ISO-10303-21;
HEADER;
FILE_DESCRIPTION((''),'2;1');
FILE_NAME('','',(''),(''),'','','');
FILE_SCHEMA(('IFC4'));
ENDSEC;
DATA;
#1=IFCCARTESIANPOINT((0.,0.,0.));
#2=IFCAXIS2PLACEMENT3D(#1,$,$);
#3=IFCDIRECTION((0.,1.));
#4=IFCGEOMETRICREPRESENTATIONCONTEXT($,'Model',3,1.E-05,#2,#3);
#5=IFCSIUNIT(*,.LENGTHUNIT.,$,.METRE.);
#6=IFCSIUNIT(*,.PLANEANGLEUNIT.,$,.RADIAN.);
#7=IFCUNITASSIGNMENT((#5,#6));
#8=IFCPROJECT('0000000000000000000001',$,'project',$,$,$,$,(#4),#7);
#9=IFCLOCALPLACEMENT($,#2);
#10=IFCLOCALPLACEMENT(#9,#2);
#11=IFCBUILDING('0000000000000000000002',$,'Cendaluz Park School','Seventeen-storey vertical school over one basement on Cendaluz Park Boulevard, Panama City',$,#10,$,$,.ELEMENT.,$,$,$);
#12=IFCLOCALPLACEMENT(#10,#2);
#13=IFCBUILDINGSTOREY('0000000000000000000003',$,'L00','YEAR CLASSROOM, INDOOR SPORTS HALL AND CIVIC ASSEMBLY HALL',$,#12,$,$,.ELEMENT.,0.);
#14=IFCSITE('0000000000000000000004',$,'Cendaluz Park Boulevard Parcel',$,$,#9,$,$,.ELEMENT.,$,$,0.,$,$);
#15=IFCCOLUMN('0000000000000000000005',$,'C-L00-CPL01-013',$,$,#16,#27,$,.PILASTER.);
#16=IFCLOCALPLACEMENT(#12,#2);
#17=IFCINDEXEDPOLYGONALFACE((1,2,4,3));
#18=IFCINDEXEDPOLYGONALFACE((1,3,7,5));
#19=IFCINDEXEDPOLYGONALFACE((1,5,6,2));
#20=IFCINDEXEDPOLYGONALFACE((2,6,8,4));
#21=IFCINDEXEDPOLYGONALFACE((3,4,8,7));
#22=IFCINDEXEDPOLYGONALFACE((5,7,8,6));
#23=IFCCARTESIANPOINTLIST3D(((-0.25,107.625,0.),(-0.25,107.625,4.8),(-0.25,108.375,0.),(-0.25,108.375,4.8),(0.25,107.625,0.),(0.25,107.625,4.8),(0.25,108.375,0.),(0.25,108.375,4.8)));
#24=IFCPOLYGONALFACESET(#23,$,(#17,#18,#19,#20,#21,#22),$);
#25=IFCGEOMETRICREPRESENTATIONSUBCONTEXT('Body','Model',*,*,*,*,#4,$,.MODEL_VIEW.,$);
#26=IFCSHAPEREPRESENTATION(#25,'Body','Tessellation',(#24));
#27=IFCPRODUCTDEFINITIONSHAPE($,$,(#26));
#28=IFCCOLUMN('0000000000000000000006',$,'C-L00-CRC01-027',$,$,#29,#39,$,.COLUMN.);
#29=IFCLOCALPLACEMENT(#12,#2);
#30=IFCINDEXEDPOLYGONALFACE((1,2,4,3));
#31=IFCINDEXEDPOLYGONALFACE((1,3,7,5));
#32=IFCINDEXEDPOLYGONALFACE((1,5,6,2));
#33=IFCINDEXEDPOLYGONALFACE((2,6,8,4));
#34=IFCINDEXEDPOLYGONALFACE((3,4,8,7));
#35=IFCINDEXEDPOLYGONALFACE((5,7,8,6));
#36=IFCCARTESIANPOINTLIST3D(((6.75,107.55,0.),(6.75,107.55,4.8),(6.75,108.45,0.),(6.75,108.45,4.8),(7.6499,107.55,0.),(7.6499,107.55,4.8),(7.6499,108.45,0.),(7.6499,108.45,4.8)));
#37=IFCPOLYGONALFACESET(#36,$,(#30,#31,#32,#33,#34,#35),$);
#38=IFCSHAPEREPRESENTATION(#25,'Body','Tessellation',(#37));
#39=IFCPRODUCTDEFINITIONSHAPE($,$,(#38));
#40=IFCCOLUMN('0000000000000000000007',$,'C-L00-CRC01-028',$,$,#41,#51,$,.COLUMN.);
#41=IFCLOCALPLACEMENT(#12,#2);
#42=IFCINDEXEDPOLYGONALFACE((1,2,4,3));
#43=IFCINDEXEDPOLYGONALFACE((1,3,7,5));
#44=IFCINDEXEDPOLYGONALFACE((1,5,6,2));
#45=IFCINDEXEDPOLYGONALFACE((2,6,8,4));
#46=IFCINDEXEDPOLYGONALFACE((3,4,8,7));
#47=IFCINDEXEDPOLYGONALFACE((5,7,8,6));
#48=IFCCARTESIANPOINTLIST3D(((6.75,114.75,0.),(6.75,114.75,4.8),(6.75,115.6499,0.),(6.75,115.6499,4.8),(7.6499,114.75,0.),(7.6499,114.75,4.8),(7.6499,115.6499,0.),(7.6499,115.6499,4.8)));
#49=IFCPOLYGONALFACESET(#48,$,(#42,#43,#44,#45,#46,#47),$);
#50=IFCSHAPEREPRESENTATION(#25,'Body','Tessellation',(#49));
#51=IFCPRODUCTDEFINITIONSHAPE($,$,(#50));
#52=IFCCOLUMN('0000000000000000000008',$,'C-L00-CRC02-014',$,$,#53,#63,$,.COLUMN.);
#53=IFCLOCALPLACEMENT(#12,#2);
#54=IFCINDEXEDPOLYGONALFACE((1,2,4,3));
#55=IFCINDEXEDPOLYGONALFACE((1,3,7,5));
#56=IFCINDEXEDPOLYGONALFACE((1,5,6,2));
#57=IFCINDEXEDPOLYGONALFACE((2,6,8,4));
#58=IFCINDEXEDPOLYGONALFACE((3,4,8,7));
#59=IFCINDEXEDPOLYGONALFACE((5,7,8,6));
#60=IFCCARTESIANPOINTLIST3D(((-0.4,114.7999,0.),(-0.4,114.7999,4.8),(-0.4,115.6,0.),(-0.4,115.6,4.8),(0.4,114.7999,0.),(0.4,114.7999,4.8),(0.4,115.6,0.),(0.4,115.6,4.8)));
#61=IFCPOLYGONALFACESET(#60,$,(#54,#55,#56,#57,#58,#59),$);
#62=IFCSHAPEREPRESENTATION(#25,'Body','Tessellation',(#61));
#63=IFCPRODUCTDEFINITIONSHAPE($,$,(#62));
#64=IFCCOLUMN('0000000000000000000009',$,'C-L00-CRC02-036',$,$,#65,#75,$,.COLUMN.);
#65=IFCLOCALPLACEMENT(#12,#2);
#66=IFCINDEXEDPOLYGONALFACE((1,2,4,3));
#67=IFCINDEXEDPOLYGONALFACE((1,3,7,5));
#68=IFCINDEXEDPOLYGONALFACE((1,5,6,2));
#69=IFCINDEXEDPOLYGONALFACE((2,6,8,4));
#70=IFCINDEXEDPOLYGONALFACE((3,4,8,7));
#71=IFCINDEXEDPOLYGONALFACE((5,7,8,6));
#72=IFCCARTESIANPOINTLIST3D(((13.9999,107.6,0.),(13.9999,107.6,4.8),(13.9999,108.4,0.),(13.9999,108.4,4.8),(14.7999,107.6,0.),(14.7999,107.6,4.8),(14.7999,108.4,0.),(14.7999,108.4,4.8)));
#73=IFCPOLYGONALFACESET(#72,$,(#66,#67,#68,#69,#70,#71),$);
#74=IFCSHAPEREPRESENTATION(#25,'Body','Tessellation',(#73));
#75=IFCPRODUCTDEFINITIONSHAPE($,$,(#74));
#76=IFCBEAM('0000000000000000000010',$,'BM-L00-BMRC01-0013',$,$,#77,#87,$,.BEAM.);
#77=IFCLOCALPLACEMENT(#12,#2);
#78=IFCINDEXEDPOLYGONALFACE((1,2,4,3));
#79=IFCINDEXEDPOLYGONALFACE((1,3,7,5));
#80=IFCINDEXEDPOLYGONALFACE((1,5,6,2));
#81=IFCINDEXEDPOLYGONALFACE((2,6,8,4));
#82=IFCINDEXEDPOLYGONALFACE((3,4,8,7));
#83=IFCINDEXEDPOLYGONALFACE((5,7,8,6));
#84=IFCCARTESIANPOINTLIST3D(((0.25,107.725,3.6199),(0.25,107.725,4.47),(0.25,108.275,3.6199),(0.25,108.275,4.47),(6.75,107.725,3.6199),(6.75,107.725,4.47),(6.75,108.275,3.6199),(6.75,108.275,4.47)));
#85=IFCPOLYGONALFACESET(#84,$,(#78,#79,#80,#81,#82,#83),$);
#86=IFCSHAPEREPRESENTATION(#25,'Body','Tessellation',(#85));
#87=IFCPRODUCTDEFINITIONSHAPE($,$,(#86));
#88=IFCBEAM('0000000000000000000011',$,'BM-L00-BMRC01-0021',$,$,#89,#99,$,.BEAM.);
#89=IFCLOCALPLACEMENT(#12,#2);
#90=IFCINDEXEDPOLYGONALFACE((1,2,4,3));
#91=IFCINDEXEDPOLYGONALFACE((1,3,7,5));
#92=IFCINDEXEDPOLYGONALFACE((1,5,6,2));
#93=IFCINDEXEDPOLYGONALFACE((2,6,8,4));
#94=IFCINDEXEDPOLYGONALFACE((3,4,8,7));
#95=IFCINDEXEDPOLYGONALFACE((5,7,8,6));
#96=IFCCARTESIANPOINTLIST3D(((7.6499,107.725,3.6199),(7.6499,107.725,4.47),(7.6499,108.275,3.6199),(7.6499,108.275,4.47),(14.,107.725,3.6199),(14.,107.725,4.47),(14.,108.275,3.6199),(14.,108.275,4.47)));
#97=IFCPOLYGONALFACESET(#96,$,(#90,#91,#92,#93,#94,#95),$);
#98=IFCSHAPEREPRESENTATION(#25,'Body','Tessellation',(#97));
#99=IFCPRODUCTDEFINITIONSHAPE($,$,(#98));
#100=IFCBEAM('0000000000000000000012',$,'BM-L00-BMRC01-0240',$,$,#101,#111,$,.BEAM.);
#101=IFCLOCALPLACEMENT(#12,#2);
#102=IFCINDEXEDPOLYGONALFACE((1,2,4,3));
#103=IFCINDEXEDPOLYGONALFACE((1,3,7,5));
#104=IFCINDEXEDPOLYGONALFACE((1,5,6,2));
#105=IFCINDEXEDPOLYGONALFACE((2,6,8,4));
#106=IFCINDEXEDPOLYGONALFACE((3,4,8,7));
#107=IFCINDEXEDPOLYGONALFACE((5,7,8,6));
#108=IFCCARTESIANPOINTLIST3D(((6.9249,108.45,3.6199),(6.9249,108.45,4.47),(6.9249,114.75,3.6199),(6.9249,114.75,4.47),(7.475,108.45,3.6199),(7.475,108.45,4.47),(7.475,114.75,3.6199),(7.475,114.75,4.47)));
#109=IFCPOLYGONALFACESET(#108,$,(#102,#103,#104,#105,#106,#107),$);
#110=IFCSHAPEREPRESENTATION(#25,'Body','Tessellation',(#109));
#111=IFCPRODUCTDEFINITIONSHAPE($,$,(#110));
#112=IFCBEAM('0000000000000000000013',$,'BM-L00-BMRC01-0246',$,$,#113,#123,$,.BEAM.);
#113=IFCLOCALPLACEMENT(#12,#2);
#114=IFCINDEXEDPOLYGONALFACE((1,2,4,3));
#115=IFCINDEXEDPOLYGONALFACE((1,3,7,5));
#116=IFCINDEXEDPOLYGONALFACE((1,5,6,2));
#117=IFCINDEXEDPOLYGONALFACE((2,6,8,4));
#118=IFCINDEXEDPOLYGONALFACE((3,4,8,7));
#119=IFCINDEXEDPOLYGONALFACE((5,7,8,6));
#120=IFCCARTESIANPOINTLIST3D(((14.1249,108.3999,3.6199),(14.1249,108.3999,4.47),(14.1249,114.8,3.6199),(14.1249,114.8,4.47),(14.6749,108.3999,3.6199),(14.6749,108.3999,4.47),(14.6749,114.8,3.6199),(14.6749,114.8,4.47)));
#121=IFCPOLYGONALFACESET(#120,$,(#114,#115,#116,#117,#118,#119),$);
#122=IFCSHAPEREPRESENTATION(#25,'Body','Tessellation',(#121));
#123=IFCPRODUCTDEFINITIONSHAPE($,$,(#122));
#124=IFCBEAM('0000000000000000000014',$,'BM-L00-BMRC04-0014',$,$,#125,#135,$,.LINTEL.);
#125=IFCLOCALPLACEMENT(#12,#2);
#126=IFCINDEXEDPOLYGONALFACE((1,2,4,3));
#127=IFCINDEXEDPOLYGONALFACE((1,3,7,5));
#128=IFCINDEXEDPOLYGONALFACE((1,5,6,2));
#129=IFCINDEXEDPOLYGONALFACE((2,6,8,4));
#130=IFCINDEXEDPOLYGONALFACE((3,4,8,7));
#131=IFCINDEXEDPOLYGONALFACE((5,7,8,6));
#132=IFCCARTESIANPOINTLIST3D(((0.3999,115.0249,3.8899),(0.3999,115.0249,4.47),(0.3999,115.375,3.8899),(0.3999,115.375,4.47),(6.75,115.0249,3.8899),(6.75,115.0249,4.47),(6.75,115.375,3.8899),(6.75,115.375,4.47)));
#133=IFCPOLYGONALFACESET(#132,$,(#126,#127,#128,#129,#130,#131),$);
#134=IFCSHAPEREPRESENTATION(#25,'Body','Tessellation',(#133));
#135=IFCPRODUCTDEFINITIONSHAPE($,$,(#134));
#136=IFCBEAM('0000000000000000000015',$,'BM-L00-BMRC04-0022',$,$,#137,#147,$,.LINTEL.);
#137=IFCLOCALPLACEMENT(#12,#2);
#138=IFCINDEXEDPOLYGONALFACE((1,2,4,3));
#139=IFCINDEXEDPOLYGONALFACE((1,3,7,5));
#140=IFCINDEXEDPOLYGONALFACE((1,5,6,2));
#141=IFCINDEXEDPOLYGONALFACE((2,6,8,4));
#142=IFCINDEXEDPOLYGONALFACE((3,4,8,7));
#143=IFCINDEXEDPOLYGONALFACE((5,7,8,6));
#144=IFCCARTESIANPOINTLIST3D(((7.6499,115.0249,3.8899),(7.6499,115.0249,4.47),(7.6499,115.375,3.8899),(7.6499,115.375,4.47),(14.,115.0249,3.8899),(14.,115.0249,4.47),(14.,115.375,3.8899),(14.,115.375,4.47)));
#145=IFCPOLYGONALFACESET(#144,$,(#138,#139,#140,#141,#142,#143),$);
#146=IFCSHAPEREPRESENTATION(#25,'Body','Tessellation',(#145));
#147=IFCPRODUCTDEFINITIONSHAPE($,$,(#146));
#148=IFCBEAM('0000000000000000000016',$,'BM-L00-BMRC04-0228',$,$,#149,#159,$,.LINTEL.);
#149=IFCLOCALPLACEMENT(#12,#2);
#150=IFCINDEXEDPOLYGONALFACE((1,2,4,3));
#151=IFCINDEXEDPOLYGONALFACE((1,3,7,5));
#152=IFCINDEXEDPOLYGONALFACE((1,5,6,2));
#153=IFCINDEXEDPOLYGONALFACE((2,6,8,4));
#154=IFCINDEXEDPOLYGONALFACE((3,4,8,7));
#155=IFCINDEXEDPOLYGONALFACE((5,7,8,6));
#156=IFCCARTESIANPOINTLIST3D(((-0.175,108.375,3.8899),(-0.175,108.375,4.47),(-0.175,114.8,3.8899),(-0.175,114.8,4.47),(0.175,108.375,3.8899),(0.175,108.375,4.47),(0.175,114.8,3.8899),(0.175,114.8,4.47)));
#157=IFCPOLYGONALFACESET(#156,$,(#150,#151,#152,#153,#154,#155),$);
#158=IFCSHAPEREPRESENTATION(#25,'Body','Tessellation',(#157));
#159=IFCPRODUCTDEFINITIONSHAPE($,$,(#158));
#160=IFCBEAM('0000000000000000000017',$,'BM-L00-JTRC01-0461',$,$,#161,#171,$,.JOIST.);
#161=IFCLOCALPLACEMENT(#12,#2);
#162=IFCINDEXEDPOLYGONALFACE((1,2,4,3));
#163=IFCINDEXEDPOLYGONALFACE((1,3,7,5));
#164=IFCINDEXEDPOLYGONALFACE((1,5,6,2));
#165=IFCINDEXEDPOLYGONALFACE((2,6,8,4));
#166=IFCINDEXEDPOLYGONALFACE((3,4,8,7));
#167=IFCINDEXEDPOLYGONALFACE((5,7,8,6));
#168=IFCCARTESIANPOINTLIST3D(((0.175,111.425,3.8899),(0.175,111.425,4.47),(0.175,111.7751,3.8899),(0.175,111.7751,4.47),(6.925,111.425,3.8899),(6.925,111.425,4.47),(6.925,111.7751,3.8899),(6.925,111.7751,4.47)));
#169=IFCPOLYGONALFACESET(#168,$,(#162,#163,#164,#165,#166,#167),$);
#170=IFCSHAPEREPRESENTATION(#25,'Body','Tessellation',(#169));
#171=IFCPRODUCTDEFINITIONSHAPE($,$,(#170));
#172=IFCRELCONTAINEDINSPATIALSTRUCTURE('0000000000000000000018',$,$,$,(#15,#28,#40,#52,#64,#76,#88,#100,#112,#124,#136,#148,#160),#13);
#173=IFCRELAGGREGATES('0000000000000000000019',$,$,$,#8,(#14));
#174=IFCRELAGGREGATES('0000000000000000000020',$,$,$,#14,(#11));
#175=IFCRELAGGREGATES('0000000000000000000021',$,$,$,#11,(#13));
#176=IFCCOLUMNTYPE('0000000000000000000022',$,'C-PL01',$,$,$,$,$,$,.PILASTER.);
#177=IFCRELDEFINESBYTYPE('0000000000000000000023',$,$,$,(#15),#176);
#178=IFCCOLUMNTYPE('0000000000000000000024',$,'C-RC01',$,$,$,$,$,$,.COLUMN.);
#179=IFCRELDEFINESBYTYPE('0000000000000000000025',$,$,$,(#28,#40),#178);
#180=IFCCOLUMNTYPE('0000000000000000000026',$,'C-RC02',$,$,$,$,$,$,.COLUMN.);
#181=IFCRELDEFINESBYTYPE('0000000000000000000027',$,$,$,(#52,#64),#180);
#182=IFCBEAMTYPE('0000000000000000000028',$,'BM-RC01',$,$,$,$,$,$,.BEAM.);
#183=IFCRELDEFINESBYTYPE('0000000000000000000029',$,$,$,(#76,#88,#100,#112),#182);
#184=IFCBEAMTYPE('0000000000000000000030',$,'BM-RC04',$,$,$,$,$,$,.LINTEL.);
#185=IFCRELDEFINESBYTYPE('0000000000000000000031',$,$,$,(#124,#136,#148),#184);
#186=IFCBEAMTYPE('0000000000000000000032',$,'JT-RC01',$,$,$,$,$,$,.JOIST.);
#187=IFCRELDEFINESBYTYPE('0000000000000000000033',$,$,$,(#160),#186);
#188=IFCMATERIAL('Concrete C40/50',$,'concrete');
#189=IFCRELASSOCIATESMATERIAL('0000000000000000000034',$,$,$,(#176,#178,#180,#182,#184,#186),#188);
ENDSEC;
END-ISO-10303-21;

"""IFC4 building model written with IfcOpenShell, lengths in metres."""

from ifc_helpers import new_model, si_unit, direction, frame, origin, origin_2d, place, context, subcontext, project, spatial, rectangle, extrude, material, material_profile, profile_set, type_object, element, save


model = new_model("IFC4")

# Units and contexts
model_context = context("Model", 3, precision=1e-05, world=origin(), true_north=direction((0.0, 1.0)))
body_context = subcontext(model_context, "Body", "Model", "MODEL_VIEW")
ifc_project = project(units=[si_unit("LENGTHUNIT", "METRE"), si_unit("PLANEANGLEUNIT", "RADIAN")], contexts=[model_context])

# Site, building, storey
site_placement = place(None, origin())
site = spatial("IfcSite", under=ifc_project, at=site_placement, Name="Cendaluz Park Boulevard Parcel", CompositionType="ELEMENT", RefElevation=0.0)
building_placement = place(site_placement, origin())
building = spatial("IfcBuilding", under=site, at=building_placement, Name="Cendaluz Park School", Description="Seventeen-storey vertical school over one basement on Cendaluz Park Boulevard, Panama City", CompositionType="ELEMENT")
storey_placement = place(building_placement, origin())
storey = spatial("IfcBuildingStorey", under=building, at=storey_placement, Name="L00", Description="YEAR CLASSROOM, INDOOR SPORTS HALL AND CIVIC ASSEMBLY HALL", CompositionType="ELEMENT", Elevation=0.0)

# Columns
ifc_material_1 = material(Name="Concrete C40/50", Category="concrete")
ifc_material_profile_1 = material_profile(ifc_material_1, rectangle(XDim=0.5, YDim=0.75, at=origin_2d()), Name="RC 500x750", Category="concrete")
ifc_profile_set_1 = profile_set([ifc_material_profile_1], Name="Concrete C40/50")
column_type_1 = type_object("IfcColumnType", Name="C-PL01", PredefinedType="PILASTER", material=ifc_profile_set_1)
column_placement = place(storey_placement, frame((0.0, 108.0, 0.0), z_axis=(0.0, 0.0, 1.0), x_axis=(1.0, 0.0, 0.0)))
element("IfcColumn", 1, at=column_placement, inside=storey, type_object=column_type_1, Name="C-L00-CPL01-013", PredefinedType="PILASTER", context=body_context, shape_type="SweptSolid", body=[
    extrude(rectangle(XDim=0.5, YDim=0.75, at=origin_2d()), origin(), (0.0, 0.0, 1.0), 4.8),
])
ifc_material_profile_2 = material_profile(ifc_material_1, rectangle(XDim=0.8999, YDim=0.8999, at=origin_2d()), Name="RC 900x900", Category="concrete")
ifc_profile_set_2 = profile_set([ifc_material_profile_2], Name="Concrete C40/50")
column_type_2 = type_object("IfcColumnType", Name="C-RC01", PredefinedType="COLUMN", material=ifc_profile_set_2)
for number, where, z_axis, x_axis, name in (
    (2, (7.2, 108.0, 0.0), (0.0, 0.0, 1.0), (1.0, 0.0, 0.0), "C-L00-CRC01-027"),
    (3, (7.2, 115.2, 0.0), (0.0, 0.0, 1.0), (1.0, 0.0, 0.0), "C-L00-CRC01-028"),
):
    element("IfcColumn", number, at=place(storey_placement, frame(where, z_axis=z_axis, x_axis=x_axis)), inside=storey, type_object=column_type_2, Name=name, PredefinedType="COLUMN", context=body_context, shape_type="SweptSolid", body=[
        extrude(rectangle(XDim=0.8999, YDim=0.8999, at=origin_2d()), origin(), (0.0, 0.0, 1.0), 4.8),
    ])
ifc_material_profile_3 = material_profile(ifc_material_1, rectangle(XDim=0.8, YDim=0.8, at=origin_2d()), Name="RC 800x800", Category="concrete")
ifc_profile_set_3 = profile_set([ifc_material_profile_3], Name="Concrete C40/50")
column_type_3 = type_object("IfcColumnType", Name="C-RC02", PredefinedType="COLUMN", material=ifc_profile_set_3)
for number, where, z_axis, x_axis, name in (
    (4, (0.0, 115.2, 0.0), (0.0, 0.0, 1.0), (1.0, 0.0, 0.0), "C-L00-CRC02-014"),
    (5, (14.3999, 108.0, 0.0), (0.0, 0.0, 1.0), (1.0, 0.0, 0.0), "C-L00-CRC02-036"),
):
    element("IfcColumn", number, at=place(storey_placement, frame(where, z_axis=z_axis, x_axis=x_axis)), inside=storey, type_object=column_type_3, Name=name, PredefinedType="COLUMN", context=body_context, shape_type="SweptSolid", body=[
        extrude(rectangle(XDim=0.8, YDim=0.8, at=origin_2d()), origin(), (0.0, 0.0, 1.0), 4.8),
    ])

# Beams
ifc_material_profile_4 = material_profile(ifc_material_1, rectangle(XDim=0.55, YDim=0.8501, at=origin_2d()), Name="RC 550x850", Category="concrete")
ifc_profile_set_4 = profile_set([ifc_material_profile_4], Name="Concrete C40/50")
beam_type_1 = type_object("IfcBeamType", Name="BM-RC01", PredefinedType="BEAM", material=ifc_profile_set_4)
beam_1_placement = place(storey_placement, frame((0.25, 108.0, 4.0449), z_axis=(1.0, 0.0, 0.0), x_axis=(0.0, 1.0, 0.0)))
element("IfcBeam", 6, at=beam_1_placement, inside=storey, type_object=beam_type_1, Name="BM-L00-BMRC01-0013", PredefinedType="BEAM", context=body_context, shape_type="SweptSolid", body=[
    extrude(rectangle(XDim=0.55, YDim=0.8501, at=origin_2d()), origin(), (0.0, 0.0, 1.0), 6.5),
])
beam_2_placement = place(storey_placement, frame((7.6499, 108.0, 4.0449), z_axis=(1.0, 0.0, 0.0), x_axis=(0.0, 1.0, 0.0)))
element("IfcBeam", 7, at=beam_2_placement, inside=storey, type_object=beam_type_1, Name="BM-L00-BMRC01-0021", PredefinedType="BEAM", context=body_context, shape_type="SweptSolid", body=[
    extrude(rectangle(XDim=0.55, YDim=0.8501, at=origin_2d()), origin(), (0.0, 0.0, 1.0), 6.3501),
])
beam_3_placement = place(storey_placement, frame((7.2, 108.45, 4.0449), z_axis=(0.0, 1.0, 0.0), x_axis=(-1.0, 0.0, 0.0)))
element("IfcBeam", 8, at=beam_3_placement, inside=storey, type_object=beam_type_1, Name="BM-L00-BMRC01-0240", PredefinedType="BEAM", context=body_context, shape_type="SweptSolid", body=[
    extrude(rectangle(XDim=0.55, YDim=0.8501, at=origin_2d()), origin(), (0.0, 0.0, 1.0), 6.3),
])
beam_4_placement = place(storey_placement, frame((14.3999, 108.3999, 4.0449), z_axis=(0.0, 1.0, 0.0), x_axis=(-1.0, 0.0, 0.0)))
element("IfcBeam", 9, at=beam_4_placement, inside=storey, type_object=beam_type_1, Name="BM-L00-BMRC01-0246", PredefinedType="BEAM", context=body_context, shape_type="SweptSolid", body=[
    extrude(rectangle(XDim=0.55, YDim=0.8501, at=origin_2d()), origin(), (0.0, 0.0, 1.0), 6.4001),
])
ifc_material_profile_5 = material_profile(ifc_material_1, rectangle(XDim=0.3501, YDim=0.5801, at=origin_2d()), Name="RC 350x580", Category="concrete")
ifc_profile_set_5 = profile_set([ifc_material_profile_5], Name="Concrete C40/50")
beam_type_2 = type_object("IfcBeamType", Name="BM-RC04", PredefinedType="LINTEL", material=ifc_profile_set_5)
for number, where, z_axis, x_axis, name in (
    (10, (0.3999, 115.2, 4.1799), (1.0, 0.0, 0.0), (0.0, 1.0, 0.0), "BM-L00-BMRC04-0014"),
    (11, (7.6499, 115.2, 4.1799), (1.0, 0.0, 0.0), (0.0, 1.0, 0.0), "BM-L00-BMRC04-0022"),
):
    element("IfcBeam", number, at=place(storey_placement, frame(where, z_axis=z_axis, x_axis=x_axis)), inside=storey, type_object=beam_type_2, Name=name, PredefinedType="LINTEL", context=body_context, shape_type="SweptSolid", body=[
        extrude(rectangle(XDim=0.3501, YDim=0.5801, at=origin_2d()), origin(), (0.0, 0.0, 1.0), 6.3501),
    ])
beam_5_placement = place(storey_placement, frame((0.0, 108.375, 4.1799), z_axis=(0.0, 1.0, 0.0), x_axis=(-1.0, 0.0, 0.0)))
element("IfcBeam", 12, at=beam_5_placement, inside=storey, type_object=beam_type_2, Name="BM-L00-BMRC04-0228", PredefinedType="LINTEL", context=body_context, shape_type="SweptSolid", body=[
    extrude(rectangle(XDim=0.3501, YDim=0.5801, at=origin_2d()), origin(), (0.0, 0.0, 1.0), 6.425),
])
ifc_material_profile_6 = material_profile(ifc_material_1, rectangle(XDim=0.3501, YDim=0.5801, at=origin_2d()), Name="RC 350x580", Category="concrete")
ifc_profile_set_6 = profile_set([ifc_material_profile_6], Name="Concrete C40/50")
beam_type_3 = type_object("IfcBeamType", Name="JT-RC01", PredefinedType="JOIST", material=ifc_profile_set_6)
beam_6_placement = place(storey_placement, frame((0.175, 111.6001, 4.1799), z_axis=(1.0, 0.0, 0.0), x_axis=(0.0, 1.0, 0.0)))
element("IfcBeam", 13, at=beam_6_placement, inside=storey, type_object=beam_type_3, Name="BM-L00-JTRC01-0461", PredefinedType="JOIST", context=body_context, shape_type="SweptSolid", body=[
    extrude(rectangle(XDim=0.3501, YDim=0.5801, at=origin_2d()), origin(), (0.0, 0.0, 1.0), 6.75),
])

save(model, "model.ifc")
